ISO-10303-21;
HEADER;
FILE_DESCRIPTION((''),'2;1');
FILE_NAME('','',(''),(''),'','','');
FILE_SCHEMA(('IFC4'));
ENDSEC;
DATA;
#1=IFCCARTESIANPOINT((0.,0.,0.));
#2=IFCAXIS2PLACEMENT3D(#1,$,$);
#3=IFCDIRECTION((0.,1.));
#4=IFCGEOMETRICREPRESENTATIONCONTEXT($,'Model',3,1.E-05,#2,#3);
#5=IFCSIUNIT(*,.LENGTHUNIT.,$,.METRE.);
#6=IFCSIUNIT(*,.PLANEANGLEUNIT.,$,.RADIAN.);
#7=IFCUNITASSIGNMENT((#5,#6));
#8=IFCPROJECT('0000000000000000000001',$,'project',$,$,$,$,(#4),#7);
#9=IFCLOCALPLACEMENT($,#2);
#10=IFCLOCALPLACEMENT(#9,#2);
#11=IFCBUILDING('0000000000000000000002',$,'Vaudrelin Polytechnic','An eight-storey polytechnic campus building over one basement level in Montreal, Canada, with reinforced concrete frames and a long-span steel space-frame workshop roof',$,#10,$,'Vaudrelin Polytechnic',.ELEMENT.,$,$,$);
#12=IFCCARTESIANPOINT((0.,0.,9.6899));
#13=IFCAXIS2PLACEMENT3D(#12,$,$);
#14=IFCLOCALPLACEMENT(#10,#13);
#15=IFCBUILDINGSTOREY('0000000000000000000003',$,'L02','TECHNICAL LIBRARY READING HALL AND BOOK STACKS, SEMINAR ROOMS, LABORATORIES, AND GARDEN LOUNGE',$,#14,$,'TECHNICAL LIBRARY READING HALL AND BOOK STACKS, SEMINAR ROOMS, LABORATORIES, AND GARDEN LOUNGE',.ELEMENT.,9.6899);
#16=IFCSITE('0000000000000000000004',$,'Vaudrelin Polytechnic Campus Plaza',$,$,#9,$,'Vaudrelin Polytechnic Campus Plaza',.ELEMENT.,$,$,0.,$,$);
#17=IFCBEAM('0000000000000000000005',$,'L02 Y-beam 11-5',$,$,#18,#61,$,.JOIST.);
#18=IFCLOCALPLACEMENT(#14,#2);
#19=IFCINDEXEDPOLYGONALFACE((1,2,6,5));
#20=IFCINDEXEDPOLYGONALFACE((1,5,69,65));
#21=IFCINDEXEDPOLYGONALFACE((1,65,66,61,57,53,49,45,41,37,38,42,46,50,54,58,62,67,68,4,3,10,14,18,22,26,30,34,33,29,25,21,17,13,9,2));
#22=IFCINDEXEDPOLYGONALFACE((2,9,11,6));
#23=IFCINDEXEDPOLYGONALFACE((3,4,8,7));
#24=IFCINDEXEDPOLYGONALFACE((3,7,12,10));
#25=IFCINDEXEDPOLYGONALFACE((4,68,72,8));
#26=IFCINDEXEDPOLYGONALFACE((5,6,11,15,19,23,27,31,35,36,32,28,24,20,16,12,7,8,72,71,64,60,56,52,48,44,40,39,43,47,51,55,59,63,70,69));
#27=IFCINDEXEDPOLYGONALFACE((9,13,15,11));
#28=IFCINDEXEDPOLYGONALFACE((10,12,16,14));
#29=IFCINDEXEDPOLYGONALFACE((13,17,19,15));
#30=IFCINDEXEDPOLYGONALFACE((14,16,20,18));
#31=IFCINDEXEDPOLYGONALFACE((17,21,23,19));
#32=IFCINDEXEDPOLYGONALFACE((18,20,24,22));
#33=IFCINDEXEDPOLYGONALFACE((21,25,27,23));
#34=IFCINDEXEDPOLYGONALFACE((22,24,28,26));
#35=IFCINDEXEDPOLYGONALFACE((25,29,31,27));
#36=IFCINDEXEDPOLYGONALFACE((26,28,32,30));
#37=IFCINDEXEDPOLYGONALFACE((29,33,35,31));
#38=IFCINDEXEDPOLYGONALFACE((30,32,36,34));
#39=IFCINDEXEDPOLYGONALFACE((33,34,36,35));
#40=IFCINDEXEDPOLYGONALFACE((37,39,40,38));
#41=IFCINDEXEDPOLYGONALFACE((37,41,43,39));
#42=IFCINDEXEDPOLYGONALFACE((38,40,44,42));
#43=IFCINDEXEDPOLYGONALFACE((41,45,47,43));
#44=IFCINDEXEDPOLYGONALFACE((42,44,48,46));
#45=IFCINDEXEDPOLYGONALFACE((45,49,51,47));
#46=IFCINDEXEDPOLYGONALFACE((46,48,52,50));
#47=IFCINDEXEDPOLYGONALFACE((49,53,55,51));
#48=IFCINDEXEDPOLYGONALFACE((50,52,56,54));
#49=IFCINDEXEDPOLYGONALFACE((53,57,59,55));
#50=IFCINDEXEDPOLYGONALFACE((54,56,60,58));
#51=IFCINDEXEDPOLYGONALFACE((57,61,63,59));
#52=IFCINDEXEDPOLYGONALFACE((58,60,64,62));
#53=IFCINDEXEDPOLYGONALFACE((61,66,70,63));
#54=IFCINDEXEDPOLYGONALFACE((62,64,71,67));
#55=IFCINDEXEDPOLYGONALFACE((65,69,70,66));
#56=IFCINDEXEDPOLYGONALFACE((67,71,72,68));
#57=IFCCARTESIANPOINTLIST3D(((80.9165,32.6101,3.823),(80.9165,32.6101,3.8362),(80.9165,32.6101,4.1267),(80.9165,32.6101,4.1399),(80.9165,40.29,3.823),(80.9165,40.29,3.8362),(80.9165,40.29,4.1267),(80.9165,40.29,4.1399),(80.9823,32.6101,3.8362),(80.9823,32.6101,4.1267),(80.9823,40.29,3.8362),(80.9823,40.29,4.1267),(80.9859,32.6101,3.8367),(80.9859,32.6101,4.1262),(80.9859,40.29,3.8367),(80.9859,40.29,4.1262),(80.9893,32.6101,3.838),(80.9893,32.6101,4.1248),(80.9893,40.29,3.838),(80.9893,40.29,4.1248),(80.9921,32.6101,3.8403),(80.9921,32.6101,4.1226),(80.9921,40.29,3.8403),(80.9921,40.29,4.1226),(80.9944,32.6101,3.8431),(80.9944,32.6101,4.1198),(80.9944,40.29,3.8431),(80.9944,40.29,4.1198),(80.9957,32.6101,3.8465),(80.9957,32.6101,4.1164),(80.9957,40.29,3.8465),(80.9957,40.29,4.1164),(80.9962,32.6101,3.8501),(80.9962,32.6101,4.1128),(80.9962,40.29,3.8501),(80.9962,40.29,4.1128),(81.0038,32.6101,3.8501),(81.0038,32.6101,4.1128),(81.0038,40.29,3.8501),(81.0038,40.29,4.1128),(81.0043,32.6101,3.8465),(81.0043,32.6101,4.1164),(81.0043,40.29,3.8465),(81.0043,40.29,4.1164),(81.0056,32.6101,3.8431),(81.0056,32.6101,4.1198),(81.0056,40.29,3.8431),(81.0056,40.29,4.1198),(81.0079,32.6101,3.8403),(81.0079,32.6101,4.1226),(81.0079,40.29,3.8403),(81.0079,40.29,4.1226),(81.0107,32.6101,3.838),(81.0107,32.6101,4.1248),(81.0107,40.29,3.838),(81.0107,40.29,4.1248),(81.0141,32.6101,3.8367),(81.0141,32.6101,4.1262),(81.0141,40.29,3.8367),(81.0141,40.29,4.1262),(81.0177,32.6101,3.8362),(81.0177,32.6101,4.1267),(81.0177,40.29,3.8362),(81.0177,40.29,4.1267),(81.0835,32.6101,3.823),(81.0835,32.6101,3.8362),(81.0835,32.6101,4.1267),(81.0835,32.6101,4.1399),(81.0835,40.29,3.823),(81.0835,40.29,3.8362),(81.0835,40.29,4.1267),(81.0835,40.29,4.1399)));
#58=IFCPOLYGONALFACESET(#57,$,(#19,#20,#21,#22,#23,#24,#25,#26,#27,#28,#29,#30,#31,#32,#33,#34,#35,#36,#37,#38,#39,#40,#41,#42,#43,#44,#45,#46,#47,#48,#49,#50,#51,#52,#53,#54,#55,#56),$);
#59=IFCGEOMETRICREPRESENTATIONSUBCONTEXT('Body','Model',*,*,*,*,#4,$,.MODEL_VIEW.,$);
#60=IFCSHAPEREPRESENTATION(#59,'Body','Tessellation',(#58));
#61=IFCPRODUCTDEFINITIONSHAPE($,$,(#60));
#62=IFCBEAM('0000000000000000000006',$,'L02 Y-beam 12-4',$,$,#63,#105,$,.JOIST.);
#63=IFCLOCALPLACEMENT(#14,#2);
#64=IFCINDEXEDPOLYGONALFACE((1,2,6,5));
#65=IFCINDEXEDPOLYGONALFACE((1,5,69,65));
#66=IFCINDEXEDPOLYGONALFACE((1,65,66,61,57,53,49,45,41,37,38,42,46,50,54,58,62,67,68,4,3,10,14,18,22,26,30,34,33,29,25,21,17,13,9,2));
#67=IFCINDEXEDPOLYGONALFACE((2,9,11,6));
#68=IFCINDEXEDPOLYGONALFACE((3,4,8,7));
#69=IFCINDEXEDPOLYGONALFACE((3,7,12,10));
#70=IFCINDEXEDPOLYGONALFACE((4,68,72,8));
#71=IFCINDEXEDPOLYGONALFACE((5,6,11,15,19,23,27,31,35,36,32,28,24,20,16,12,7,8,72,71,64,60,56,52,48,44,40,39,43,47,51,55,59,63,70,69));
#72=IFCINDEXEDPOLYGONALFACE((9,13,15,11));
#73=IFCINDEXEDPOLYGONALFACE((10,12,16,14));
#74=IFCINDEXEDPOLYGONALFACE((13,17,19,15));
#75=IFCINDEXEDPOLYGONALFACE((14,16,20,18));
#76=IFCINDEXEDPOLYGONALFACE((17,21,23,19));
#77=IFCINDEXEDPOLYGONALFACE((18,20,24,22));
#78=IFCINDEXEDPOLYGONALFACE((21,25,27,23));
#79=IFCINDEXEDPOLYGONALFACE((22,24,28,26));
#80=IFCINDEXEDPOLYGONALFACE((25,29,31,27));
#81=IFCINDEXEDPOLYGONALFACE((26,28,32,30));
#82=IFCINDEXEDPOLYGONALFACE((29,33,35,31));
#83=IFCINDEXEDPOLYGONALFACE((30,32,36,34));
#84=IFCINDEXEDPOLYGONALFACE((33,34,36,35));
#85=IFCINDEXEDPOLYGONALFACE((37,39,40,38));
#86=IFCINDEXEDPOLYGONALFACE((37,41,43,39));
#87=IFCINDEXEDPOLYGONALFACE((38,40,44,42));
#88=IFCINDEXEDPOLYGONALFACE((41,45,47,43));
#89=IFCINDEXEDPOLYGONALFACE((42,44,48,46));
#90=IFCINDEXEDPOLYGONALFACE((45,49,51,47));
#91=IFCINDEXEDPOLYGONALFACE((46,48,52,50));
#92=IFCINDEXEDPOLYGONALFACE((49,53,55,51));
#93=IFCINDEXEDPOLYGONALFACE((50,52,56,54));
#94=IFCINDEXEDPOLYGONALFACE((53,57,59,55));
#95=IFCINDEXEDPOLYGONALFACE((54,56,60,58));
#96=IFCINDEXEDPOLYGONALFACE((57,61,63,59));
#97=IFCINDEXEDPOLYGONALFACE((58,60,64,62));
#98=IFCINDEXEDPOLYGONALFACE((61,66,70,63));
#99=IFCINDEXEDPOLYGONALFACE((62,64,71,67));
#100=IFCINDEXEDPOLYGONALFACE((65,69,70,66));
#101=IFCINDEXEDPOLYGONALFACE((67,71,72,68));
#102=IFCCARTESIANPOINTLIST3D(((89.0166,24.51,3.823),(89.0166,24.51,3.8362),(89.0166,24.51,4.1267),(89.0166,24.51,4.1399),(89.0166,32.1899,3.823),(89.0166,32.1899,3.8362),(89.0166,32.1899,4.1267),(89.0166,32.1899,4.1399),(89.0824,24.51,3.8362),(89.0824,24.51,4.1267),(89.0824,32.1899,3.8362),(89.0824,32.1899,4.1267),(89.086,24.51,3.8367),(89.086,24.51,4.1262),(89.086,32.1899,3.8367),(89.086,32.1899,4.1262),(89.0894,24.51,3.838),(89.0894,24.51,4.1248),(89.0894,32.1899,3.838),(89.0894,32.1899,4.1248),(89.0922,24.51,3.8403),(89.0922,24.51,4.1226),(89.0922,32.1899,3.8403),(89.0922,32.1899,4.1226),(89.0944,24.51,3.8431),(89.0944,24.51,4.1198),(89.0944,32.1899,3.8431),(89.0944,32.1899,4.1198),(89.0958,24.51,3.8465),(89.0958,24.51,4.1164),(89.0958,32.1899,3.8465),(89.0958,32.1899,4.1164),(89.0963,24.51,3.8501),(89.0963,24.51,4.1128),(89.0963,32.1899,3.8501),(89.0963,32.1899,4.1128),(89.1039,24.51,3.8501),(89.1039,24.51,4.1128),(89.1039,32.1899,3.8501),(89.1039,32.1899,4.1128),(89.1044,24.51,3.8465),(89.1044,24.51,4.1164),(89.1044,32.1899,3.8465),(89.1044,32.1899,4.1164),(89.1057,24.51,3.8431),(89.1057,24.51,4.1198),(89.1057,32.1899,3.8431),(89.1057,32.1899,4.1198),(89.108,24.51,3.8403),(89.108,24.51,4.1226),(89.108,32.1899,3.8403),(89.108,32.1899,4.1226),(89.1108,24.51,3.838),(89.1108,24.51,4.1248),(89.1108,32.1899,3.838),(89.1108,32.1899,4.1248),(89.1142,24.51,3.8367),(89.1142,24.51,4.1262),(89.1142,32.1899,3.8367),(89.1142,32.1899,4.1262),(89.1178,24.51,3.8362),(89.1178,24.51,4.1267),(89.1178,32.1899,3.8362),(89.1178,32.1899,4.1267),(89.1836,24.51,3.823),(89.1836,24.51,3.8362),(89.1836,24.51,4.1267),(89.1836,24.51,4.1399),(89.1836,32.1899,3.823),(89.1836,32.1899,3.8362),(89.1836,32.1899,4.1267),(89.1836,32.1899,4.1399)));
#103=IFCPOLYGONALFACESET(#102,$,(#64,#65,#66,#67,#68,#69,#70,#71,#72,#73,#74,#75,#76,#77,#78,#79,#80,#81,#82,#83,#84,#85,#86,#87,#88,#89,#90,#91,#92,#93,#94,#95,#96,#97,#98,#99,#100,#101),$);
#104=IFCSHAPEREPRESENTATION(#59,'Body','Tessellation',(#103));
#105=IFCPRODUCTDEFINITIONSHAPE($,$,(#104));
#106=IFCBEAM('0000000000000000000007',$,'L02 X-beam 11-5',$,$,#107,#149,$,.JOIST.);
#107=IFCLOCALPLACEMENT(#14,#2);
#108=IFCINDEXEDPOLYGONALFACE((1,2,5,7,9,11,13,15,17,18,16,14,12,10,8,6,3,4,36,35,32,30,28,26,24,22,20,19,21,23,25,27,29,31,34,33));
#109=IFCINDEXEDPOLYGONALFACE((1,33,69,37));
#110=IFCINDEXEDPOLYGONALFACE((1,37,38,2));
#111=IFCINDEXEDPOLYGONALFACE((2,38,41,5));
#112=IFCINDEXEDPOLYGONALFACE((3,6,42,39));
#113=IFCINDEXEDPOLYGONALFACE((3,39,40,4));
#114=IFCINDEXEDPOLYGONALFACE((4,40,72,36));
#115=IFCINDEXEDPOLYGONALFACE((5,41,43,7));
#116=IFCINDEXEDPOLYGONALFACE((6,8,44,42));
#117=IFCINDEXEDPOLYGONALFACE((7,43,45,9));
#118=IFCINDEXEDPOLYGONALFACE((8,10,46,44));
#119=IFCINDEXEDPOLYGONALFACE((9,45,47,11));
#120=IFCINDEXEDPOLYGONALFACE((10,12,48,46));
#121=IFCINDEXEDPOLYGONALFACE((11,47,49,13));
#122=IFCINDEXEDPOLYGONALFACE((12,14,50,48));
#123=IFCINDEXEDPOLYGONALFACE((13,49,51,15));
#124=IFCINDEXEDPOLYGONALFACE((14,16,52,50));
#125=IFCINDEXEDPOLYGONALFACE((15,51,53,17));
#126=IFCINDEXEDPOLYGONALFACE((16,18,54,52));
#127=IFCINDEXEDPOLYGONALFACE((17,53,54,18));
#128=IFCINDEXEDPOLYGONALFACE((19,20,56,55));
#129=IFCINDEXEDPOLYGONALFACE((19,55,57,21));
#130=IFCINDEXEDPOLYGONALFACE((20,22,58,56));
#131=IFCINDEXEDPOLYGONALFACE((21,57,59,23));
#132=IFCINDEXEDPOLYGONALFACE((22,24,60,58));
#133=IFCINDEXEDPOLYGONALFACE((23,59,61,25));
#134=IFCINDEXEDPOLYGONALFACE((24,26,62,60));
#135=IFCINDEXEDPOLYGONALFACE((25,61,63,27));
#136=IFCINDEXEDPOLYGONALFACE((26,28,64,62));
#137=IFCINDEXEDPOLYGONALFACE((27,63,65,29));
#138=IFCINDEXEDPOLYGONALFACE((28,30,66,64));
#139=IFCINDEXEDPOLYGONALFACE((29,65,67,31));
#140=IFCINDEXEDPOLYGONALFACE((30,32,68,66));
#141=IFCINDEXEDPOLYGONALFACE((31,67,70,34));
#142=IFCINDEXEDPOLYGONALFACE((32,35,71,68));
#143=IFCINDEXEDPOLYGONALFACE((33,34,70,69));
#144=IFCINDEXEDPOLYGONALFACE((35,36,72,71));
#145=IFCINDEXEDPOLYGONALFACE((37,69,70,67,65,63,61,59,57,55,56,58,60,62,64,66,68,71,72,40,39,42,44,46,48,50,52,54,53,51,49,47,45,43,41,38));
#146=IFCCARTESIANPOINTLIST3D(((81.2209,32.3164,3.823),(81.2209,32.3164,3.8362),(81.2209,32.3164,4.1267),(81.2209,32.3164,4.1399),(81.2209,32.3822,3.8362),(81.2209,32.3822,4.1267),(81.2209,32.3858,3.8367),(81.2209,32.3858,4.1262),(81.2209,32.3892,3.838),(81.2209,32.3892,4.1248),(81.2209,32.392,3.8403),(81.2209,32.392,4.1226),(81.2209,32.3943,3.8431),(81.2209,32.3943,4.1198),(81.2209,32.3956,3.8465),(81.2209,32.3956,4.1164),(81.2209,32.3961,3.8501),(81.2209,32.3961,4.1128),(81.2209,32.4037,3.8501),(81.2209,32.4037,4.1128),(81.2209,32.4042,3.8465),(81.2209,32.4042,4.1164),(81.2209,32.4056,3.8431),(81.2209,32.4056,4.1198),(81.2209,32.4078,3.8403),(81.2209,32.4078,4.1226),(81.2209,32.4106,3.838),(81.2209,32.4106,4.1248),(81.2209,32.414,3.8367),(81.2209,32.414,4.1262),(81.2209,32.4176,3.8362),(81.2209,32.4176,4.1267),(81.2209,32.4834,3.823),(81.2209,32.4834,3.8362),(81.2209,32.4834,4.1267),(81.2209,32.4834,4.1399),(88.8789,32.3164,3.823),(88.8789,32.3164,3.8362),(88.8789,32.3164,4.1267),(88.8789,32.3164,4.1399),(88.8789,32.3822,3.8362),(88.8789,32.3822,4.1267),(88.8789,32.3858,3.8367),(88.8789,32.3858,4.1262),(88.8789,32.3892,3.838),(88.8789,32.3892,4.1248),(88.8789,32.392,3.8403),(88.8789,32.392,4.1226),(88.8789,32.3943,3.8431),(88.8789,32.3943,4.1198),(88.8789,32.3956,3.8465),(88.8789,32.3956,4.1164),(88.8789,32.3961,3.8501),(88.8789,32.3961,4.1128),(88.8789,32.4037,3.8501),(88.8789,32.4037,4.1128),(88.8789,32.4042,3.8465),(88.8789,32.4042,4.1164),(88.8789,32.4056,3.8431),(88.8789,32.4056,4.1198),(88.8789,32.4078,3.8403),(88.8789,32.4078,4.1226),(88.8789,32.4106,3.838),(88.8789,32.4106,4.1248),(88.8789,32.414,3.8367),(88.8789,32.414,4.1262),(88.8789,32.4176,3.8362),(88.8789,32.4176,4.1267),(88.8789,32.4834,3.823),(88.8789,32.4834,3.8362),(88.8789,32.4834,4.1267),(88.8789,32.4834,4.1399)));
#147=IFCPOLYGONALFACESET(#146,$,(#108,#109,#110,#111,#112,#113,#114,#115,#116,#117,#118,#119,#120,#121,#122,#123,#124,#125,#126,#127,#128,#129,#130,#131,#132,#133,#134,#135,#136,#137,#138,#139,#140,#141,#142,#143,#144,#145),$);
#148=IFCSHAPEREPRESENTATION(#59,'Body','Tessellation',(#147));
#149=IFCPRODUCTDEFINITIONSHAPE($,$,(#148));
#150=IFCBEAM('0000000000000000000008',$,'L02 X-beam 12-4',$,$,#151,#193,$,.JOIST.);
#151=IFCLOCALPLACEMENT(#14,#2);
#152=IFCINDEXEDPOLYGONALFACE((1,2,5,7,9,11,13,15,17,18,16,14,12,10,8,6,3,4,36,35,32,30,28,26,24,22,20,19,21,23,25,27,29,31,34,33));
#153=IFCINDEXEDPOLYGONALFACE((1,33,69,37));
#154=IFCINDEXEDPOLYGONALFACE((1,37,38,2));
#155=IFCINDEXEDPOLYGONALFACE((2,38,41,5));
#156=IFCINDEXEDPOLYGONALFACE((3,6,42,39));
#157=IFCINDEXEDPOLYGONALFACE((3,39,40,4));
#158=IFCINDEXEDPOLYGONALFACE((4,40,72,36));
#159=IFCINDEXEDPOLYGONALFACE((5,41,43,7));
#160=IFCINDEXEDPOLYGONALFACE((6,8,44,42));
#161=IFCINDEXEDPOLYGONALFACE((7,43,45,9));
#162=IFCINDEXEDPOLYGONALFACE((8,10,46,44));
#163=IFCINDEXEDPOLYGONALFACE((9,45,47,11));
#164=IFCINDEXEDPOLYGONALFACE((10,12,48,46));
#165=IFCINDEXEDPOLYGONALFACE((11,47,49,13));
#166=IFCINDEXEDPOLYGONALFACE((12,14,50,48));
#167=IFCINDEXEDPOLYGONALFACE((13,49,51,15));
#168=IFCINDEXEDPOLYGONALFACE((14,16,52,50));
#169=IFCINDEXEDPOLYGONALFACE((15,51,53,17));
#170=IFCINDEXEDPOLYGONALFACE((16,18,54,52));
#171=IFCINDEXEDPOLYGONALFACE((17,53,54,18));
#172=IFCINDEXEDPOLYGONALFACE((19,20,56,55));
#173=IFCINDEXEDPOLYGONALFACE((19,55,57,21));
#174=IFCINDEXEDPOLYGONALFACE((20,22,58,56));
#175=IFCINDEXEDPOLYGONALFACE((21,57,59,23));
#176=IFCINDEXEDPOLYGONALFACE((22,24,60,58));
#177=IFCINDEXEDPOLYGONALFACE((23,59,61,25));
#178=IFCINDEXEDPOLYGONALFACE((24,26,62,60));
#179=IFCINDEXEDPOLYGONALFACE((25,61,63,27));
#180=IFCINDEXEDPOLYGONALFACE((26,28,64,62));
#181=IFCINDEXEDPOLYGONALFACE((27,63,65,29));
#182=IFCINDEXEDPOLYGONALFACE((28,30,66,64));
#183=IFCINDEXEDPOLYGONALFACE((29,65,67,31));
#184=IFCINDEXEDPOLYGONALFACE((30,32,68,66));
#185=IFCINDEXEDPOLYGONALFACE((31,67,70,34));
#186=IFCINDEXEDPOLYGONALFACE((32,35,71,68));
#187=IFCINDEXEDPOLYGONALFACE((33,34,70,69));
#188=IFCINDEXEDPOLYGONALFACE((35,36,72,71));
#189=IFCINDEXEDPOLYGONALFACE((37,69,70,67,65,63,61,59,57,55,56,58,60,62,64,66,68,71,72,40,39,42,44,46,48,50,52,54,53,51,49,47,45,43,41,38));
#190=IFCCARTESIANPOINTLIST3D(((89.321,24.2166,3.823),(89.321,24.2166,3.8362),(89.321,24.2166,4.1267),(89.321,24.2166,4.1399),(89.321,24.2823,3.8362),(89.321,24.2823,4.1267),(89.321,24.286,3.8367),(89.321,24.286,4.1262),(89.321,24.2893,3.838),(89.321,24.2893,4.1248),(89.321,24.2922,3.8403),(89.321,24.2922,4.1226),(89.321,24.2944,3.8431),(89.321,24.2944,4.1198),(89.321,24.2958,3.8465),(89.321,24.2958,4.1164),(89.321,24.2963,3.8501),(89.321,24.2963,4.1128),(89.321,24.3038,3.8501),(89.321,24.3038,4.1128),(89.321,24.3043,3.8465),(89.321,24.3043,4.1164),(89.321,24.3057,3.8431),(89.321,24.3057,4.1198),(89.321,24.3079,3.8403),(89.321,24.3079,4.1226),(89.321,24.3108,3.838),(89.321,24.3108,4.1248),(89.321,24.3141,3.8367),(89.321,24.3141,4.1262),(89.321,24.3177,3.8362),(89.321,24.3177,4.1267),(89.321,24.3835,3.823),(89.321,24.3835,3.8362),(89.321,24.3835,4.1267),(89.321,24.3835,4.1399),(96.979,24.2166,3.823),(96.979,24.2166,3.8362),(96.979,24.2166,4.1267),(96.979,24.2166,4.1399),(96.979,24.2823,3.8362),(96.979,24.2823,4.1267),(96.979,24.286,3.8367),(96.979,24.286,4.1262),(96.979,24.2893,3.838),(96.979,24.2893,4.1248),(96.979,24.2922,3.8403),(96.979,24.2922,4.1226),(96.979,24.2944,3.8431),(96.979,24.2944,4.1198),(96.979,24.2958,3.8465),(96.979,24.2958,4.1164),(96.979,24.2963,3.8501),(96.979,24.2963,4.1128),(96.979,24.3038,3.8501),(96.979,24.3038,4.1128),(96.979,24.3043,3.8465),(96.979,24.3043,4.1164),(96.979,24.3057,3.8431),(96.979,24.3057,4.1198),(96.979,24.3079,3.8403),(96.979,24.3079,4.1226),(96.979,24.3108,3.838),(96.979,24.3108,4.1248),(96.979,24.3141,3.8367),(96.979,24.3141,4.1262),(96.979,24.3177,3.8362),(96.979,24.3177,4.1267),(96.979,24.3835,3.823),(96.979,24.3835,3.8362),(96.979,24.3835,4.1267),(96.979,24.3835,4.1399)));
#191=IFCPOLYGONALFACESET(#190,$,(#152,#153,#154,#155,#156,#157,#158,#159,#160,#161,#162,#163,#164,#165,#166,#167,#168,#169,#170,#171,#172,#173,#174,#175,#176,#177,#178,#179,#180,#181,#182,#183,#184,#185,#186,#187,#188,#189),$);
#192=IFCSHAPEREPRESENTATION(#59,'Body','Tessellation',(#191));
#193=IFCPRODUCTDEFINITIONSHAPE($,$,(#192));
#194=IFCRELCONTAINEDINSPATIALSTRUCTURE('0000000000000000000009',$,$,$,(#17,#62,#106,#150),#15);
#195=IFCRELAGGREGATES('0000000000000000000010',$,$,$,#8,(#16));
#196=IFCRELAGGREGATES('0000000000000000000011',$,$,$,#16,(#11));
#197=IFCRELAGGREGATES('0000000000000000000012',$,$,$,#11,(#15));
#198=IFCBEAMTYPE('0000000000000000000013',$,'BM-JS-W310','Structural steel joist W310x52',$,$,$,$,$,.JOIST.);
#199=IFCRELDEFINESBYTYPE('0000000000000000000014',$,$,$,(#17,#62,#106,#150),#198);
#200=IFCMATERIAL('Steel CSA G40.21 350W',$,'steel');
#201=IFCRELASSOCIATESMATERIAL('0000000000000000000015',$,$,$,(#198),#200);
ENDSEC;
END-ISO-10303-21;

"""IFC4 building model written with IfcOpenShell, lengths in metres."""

from ifc_helpers import new_model, si_unit, direction, frame, origin, origin_2d, place, context, subcontext, project, spatial, i_section, extrude, material, material_profile, profile_set, type_object, element, save


model = new_model("IFC4")

# Units and contexts
model_context = context("Model", 3, precision=1e-05, world=origin(), true_north=direction((0.0, 1.0)))
body_context = subcontext(model_context, "Body", "Model", "MODEL_VIEW")
ifc_project = project(units=[si_unit("LENGTHUNIT", "METRE"), si_unit("PLANEANGLEUNIT", "RADIAN")], contexts=[model_context])

# Site, building, storey
site_placement = place(None, origin())
site = spatial("IfcSite", under=ifc_project, at=site_placement, Name="Vaudrelin Polytechnic Campus Plaza", LongName="Vaudrelin Polytechnic Campus Plaza", CompositionType="ELEMENT", RefElevation=0.0)
building_placement = place(site_placement, origin())
building = spatial("IfcBuilding", under=site, at=building_placement, Name="Vaudrelin Polytechnic", Description="An eight-storey polytechnic campus building over one basement level in Montreal, Canada, with reinforced concrete frames and a long-span steel space-frame workshop roof", LongName="Vaudrelin Polytechnic", CompositionType="ELEMENT")
storey_placement = place(building_placement, frame((0.0, 0.0, 9.6899)))
storey = spatial("IfcBuildingStorey", under=building, at=storey_placement, Name="L02", Description="TECHNICAL LIBRARY READING HALL AND BOOK STACKS, SEMINAR ROOMS, LABORATORIES, AND GARDEN LOUNGE", LongName="TECHNICAL LIBRARY READING HALL AND BOOK STACKS, SEMINAR ROOMS, LABORATORIES, AND GARDEN LOUNGE", CompositionType="ELEMENT", Elevation=9.6899)

# Beams
ifc_material_1 = material(Name="Steel CSA G40.21 350W", Category="steel")
ifc_material_profile_1 = material_profile(ifc_material_1, i_section(OverallWidth=0.167, OverallDepth=0.3169, WebThickness=0.0076, FlangeThickness=0.0132, FilletRadius=0.0139, at=origin_2d()), Name="W310x52")
ifc_profile_set_1 = profile_set([ifc_material_profile_1], Name="Steel CSA G40.21 350W")
beam_type_1 = type_object("IfcBeamType", Name="BM-JS-W310", Description="Structural steel joist W310x52", PredefinedType="JOIST", material=ifc_profile_set_1)
for number, where, z_axis, x_axis, name in (
    (1, (81.0, 32.6101, 3.9814), (0.0, 1.0, 0.0), (-1.0, 0.0, 0.0), "L02 Y-beam 11-5"),
    (2, (89.1001, 24.51, 3.9814), (0.0, 1.0, 0.0), (-1.0, 0.0, 0.0), "L02 Y-beam 12-4"),
):
    element("IfcBeam", number, at=place(storey_placement, frame(where, z_axis=z_axis, x_axis=x_axis)), inside=storey, type_object=beam_type_1, Name=name, PredefinedType="JOIST", context=body_context, shape_type="SweptSolid", body=[
        extrude(i_section(OverallWidth=0.167, OverallDepth=0.3169, WebThickness=0.0076, FlangeThickness=0.0132, FilletRadius=0.0139, at=origin_2d()), origin(), (0.0, 0.0, 1.0), 7.6799),
    ])
for number, where, z_axis, x_axis, name in (
    (3, (81.2209, 32.3999, 3.9814), (1.0, 0.0, 0.0), (0.0, 1.0, 0.0), "L02 X-beam 11-5"),
    (4, (89.321, 24.3, 3.9814), (1.0, 0.0, 0.0), (0.0, 1.0, 0.0), "L02 X-beam 12-4"),
):
    element("IfcBeam", number, at=place(storey_placement, frame(where, z_axis=z_axis, x_axis=x_axis)), inside=storey, type_object=beam_type_1, Name=name, PredefinedType="JOIST", context=body_context, shape_type="SweptSolid", body=[
        extrude(i_section(OverallWidth=0.167, OverallDepth=0.3169, WebThickness=0.0076, FlangeThickness=0.0132, FilletRadius=0.0139, at=origin_2d()), origin(), (0.0, 0.0, 1.0), 7.658),
    ])

save(model, "model.ifc")
